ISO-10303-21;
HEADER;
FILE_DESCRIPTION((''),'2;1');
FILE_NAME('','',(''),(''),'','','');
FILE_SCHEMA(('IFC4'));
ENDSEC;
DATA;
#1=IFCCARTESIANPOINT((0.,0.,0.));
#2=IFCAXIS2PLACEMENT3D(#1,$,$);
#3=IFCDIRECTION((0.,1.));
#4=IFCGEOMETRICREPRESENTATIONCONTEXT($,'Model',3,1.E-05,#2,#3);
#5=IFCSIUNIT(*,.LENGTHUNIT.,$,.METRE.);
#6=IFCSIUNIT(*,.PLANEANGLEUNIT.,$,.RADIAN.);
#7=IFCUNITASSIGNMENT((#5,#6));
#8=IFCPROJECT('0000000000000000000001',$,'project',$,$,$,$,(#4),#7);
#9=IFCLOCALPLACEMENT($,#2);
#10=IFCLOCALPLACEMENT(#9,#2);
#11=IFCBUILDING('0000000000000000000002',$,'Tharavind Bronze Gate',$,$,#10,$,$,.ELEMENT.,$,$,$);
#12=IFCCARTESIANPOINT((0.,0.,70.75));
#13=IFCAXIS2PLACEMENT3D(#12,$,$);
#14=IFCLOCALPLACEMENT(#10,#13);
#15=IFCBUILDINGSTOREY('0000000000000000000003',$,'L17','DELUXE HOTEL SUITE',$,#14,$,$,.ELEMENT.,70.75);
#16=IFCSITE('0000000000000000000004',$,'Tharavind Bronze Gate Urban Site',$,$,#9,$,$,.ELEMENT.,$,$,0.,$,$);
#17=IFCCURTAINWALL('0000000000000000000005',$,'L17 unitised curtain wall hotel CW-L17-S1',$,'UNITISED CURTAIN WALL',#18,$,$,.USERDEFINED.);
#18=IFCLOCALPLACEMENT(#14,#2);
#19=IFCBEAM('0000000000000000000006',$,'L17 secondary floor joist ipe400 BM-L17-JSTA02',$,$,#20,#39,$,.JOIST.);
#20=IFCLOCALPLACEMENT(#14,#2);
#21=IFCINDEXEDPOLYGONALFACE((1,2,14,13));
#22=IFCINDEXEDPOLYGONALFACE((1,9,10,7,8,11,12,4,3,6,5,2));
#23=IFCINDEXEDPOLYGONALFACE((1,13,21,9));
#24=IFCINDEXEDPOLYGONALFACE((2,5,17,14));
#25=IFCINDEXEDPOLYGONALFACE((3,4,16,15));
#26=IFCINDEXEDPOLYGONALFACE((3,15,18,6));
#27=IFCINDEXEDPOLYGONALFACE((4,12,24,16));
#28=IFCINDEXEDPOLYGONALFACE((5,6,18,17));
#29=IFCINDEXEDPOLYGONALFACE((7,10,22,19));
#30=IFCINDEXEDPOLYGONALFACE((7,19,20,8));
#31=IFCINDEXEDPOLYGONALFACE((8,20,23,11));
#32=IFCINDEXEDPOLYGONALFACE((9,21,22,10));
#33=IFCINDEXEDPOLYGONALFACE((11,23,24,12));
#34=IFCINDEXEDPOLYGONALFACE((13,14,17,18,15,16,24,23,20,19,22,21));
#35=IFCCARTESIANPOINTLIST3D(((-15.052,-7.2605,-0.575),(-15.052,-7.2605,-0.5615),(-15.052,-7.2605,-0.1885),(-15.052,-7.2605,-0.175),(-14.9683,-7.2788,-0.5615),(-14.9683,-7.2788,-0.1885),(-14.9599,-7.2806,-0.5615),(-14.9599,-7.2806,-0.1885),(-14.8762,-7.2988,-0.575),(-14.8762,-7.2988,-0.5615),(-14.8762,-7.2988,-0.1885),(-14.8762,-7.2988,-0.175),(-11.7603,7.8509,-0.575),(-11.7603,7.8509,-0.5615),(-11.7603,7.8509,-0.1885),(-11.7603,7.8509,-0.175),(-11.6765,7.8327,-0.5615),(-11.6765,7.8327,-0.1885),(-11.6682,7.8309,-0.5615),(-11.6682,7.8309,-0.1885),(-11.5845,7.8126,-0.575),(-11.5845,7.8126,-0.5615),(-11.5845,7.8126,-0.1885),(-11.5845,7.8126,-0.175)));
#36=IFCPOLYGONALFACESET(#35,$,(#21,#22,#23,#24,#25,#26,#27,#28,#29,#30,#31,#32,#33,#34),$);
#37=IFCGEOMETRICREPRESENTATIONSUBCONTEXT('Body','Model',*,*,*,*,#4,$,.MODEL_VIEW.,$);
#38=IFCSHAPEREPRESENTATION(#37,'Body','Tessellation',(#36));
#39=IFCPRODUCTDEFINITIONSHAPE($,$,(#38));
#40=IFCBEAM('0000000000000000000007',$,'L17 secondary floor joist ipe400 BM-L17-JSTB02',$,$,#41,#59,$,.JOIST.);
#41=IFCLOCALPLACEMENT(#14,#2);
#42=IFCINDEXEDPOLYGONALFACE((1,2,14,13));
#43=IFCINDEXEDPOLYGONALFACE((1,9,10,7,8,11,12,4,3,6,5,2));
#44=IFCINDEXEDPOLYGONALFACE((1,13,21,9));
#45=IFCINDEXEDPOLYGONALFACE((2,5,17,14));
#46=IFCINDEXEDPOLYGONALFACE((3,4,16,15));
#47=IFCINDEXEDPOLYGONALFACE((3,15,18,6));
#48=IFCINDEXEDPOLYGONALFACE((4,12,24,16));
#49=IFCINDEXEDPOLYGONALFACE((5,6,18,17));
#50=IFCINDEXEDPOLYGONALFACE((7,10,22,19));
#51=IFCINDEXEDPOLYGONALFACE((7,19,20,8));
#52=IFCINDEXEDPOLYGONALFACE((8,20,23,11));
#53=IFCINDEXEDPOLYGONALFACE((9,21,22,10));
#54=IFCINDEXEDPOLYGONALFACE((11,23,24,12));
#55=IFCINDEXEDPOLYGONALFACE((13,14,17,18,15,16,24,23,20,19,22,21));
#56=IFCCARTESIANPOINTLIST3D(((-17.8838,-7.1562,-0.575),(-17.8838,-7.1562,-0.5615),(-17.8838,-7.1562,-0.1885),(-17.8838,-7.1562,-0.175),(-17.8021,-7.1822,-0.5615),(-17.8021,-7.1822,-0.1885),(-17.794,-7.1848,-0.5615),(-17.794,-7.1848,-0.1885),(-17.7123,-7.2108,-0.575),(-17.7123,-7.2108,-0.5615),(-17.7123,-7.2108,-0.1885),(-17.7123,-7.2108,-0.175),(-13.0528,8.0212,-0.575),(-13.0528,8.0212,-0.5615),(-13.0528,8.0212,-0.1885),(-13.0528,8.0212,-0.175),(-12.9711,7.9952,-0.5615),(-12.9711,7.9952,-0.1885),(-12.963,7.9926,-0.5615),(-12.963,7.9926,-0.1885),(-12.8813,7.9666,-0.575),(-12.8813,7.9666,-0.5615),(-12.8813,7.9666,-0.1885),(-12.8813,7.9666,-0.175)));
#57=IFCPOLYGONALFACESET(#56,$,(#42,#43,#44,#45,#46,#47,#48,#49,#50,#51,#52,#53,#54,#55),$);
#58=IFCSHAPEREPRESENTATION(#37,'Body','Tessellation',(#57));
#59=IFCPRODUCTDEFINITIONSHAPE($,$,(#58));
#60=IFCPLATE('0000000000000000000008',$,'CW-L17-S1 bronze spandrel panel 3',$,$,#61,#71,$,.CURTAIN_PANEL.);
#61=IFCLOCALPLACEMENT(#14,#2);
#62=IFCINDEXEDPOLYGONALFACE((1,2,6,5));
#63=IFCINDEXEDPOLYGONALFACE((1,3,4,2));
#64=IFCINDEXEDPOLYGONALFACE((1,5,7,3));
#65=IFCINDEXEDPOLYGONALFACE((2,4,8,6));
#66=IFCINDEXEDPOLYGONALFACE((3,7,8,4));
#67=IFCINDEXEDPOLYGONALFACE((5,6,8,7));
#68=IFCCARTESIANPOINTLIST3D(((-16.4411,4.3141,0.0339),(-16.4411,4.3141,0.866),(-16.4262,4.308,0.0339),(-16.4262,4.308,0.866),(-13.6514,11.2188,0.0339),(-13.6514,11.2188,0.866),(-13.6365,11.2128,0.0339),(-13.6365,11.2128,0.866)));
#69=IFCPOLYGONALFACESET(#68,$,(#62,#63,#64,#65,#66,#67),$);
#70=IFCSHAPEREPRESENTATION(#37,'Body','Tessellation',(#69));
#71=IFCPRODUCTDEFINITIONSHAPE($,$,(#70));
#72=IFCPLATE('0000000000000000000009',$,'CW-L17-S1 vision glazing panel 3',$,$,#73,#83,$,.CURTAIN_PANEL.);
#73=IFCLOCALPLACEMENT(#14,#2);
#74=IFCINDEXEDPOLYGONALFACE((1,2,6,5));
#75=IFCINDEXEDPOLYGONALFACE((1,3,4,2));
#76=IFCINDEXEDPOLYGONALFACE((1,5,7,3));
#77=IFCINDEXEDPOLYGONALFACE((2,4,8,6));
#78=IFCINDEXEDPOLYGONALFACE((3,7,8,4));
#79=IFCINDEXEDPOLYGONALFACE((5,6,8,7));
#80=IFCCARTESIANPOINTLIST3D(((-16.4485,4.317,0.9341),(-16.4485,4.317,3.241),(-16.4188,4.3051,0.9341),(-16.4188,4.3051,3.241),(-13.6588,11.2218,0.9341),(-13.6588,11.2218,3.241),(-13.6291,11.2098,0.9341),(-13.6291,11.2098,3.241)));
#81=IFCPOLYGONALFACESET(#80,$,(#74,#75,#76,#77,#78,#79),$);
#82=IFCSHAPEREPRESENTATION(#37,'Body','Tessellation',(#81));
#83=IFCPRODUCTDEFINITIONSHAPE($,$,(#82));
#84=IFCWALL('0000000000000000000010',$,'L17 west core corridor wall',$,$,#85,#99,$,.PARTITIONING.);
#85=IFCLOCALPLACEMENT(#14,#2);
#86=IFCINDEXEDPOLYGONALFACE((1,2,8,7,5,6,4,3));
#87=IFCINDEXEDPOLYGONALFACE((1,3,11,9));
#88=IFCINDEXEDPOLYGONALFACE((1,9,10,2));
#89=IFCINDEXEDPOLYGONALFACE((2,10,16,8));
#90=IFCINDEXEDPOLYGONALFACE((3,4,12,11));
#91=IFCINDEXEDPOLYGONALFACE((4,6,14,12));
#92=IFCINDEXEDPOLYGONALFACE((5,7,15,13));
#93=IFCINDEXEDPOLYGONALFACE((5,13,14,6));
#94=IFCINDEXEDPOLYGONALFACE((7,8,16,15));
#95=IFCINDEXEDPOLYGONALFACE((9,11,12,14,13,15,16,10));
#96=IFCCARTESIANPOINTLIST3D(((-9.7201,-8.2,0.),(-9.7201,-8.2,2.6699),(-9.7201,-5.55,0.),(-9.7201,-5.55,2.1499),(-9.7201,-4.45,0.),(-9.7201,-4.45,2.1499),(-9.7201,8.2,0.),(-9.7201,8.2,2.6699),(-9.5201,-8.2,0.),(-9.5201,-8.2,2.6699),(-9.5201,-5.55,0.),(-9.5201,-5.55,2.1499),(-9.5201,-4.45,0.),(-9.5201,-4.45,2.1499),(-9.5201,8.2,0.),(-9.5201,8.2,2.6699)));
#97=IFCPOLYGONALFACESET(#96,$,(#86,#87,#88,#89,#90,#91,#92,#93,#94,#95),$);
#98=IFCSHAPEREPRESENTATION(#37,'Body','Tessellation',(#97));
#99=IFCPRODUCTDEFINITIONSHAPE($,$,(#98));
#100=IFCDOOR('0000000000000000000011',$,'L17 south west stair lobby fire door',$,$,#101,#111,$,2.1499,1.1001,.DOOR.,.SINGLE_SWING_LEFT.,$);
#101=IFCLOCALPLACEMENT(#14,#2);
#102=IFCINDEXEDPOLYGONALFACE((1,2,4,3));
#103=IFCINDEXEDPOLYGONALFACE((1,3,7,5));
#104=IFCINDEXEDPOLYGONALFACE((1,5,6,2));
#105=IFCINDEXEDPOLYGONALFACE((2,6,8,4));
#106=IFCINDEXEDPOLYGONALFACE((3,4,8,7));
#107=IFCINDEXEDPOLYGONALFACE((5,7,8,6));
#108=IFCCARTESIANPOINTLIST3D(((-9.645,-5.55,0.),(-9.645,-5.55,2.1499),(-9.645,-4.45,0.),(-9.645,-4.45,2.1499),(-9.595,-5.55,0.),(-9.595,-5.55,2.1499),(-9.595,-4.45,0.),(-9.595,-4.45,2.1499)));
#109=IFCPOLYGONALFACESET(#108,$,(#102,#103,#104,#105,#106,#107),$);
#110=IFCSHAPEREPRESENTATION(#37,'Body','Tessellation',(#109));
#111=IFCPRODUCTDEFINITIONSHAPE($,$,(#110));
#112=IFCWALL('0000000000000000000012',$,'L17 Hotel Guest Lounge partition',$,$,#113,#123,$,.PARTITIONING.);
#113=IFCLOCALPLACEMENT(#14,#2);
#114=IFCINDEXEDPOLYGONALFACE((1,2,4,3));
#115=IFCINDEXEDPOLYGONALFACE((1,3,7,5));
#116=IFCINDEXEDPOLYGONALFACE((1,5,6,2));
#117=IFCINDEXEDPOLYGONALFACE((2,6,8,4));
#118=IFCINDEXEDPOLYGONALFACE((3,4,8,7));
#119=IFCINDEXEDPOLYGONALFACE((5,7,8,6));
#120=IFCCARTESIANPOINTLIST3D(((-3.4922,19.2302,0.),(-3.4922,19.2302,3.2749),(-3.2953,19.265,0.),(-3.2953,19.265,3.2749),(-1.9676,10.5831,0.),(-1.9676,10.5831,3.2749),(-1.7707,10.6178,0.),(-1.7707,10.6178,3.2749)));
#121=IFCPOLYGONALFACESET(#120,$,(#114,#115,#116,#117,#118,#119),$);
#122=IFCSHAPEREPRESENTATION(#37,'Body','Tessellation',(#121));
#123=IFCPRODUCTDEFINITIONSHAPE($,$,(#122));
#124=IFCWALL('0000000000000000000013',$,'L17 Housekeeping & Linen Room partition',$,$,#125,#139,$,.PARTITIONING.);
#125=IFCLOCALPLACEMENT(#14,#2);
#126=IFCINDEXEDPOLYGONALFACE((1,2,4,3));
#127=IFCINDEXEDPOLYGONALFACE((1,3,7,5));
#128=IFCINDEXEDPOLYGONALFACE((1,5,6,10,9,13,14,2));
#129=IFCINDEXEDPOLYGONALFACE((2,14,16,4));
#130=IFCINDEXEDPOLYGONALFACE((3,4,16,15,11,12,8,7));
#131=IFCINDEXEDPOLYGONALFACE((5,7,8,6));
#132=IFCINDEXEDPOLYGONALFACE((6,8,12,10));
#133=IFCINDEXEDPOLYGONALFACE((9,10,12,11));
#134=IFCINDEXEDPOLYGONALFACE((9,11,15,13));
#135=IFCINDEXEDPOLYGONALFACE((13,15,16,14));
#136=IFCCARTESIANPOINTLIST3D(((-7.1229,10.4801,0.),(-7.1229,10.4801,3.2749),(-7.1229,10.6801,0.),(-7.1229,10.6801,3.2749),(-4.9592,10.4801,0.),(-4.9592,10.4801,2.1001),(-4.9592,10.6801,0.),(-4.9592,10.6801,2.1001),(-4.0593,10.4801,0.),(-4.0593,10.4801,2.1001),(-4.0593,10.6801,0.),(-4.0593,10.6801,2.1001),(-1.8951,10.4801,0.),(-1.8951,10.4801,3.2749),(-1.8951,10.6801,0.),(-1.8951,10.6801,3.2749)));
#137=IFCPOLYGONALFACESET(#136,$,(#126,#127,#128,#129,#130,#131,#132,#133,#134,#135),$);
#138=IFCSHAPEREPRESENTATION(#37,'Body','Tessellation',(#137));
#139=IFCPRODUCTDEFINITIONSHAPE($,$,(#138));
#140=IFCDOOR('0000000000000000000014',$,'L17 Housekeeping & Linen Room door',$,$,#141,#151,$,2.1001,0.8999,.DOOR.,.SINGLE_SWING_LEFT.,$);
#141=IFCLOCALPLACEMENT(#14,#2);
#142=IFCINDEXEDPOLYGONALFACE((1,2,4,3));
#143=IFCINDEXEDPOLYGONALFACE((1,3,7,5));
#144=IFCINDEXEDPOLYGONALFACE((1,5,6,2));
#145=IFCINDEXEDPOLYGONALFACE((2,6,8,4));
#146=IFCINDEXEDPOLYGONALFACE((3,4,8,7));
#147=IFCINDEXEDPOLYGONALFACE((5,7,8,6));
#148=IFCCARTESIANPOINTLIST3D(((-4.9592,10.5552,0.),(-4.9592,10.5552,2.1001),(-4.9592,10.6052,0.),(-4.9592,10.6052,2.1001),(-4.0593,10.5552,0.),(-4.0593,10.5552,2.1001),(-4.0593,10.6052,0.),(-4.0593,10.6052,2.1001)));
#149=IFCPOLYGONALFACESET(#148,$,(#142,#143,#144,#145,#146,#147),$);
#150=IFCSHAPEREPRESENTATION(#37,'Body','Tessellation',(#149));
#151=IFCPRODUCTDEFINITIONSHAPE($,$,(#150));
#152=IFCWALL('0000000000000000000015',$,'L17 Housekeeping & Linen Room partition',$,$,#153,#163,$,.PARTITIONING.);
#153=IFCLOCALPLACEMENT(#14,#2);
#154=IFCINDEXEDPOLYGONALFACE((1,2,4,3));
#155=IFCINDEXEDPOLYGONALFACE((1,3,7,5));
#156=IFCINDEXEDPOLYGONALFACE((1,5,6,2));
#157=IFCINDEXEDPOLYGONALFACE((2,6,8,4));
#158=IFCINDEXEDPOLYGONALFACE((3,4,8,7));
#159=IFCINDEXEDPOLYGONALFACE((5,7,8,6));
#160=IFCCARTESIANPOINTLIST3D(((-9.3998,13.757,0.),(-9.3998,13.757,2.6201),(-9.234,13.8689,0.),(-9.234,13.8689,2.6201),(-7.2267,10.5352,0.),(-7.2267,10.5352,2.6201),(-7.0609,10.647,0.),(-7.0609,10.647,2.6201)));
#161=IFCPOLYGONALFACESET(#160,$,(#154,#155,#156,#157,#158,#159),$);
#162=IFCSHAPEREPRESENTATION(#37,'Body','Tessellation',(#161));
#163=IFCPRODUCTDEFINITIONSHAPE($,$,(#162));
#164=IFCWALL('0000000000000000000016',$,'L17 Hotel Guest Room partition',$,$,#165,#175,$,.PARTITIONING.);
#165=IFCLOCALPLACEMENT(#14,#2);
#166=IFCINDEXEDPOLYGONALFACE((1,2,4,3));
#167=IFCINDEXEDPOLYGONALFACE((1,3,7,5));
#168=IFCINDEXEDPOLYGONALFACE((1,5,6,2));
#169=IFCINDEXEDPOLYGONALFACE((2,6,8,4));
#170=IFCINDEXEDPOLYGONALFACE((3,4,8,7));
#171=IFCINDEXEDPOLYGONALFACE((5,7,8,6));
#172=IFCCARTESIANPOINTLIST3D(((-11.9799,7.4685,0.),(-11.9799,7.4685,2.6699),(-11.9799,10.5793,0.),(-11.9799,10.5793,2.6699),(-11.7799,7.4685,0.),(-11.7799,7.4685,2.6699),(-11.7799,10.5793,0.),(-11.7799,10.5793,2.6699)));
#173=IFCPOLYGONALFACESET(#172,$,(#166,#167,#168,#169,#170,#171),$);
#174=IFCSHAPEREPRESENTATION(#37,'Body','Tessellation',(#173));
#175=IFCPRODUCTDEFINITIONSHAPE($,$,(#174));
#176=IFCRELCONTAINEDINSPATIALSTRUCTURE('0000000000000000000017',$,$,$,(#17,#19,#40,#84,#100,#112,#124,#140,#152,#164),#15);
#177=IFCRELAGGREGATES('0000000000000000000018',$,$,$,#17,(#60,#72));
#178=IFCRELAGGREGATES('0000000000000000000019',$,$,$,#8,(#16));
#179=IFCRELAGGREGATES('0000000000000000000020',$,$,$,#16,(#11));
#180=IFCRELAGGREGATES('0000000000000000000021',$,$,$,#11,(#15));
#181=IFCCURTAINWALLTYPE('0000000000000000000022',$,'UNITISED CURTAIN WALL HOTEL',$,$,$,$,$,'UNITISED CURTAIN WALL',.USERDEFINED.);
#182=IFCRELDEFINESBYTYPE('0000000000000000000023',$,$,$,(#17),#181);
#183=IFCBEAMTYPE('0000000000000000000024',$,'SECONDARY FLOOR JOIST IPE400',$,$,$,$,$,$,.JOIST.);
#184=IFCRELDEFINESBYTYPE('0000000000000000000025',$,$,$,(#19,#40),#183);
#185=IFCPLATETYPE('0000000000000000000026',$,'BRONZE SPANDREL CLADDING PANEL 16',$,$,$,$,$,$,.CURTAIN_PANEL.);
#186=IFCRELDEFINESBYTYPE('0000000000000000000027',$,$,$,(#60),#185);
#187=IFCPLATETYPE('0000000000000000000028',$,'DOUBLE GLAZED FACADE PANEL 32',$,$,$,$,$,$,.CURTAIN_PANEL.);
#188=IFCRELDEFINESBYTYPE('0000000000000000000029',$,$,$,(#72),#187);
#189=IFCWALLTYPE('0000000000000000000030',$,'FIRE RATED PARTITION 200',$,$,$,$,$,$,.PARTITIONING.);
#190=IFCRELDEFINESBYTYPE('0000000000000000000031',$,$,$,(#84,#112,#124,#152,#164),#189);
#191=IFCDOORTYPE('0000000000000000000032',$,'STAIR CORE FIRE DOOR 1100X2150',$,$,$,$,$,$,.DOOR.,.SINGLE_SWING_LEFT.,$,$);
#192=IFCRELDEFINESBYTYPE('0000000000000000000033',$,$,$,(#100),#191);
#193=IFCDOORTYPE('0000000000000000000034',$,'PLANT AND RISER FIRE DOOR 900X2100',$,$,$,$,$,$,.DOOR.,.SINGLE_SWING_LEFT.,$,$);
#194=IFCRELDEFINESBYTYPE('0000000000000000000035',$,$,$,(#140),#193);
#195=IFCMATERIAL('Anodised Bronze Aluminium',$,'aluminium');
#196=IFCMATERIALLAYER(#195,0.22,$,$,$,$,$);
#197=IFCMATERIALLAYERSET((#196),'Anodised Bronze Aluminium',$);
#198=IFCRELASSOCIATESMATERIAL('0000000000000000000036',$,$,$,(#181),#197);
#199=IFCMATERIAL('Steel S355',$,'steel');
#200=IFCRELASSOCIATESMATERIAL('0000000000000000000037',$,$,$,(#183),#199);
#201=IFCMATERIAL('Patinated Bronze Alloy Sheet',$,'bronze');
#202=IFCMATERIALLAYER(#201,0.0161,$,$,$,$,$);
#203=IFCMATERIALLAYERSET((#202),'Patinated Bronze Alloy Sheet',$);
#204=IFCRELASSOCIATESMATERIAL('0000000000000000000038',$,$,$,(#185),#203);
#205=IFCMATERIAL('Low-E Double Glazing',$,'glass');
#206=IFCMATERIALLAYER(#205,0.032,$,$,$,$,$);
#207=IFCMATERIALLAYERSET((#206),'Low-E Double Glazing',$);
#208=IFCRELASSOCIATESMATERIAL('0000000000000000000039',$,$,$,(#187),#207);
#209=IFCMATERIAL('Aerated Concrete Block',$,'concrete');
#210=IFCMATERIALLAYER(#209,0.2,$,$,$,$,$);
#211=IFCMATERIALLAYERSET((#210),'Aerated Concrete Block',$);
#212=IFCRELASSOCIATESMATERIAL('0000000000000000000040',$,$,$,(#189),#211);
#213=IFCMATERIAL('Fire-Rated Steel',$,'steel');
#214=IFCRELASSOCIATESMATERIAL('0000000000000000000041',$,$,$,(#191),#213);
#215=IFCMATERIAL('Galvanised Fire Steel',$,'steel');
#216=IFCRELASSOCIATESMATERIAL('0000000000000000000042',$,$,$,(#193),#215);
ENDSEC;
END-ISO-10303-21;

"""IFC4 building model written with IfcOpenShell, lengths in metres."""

from ifc_helpers import new_model, si_unit, direction, frame, frame_2d, origin, origin_2d, place, context, subcontext, project, spatial, rectangle, i_section, extrude, material, layer, layer_set, material_profile, profile_set, type_object, element, fill, aggregate, save


model = new_model("IFC4")

# Units and contexts
model_context = context("Model", 3, precision=1e-05, world=origin(), true_north=direction((0.0, 1.0)))
body_context = subcontext(model_context, "Body", "Model", "MODEL_VIEW")
ifc_project = project(units=[si_unit("LENGTHUNIT", "METRE"), si_unit("PLANEANGLEUNIT", "RADIAN")], contexts=[model_context])

# Site, building, storey
site_placement = place(None, origin())
site = spatial("IfcSite", under=ifc_project, at=site_placement, Name="Tharavind Bronze Gate Urban Site", CompositionType="ELEMENT", RefElevation=0.0)
building_placement = place(site_placement, origin())
building = spatial("IfcBuilding", under=site, at=building_placement, Name="Tharavind Bronze Gate", CompositionType="ELEMENT")
storey_placement = place(building_placement, frame((0.0, 0.0, 70.75)))
storey = spatial("IfcBuildingStorey", under=building, at=storey_placement, Name="L17", Description="DELUXE HOTEL SUITE", CompositionType="ELEMENT", Elevation=70.75)

# Curtain wall
ifc_material_1 = material(Name="Anodised Bronze Aluminium", Category="aluminium")
ifc_layer_1 = layer(ifc_material_1, 0.22)
ifc_layer_set_1 = layer_set([ifc_layer_1], Name="Anodised Bronze Aluminium")
curtain_wall_type = type_object("IfcCurtainWallType", Name="UNITISED CURTAIN WALL HOTEL", ElementType="UNITISED CURTAIN WALL", PredefinedType="USERDEFINED", material=ifc_layer_set_1)
curtain_wall_placement = place(storey_placement, origin())
curtain_wall = element("IfcCurtainWall", 1, at=curtain_wall_placement, inside=storey, type_object=curtain_wall_type, Name="L17 unitised curtain wall hotel CW-L17-S1", ObjectType="UNITISED CURTAIN WALL", PredefinedType="USERDEFINED")

# Beams
ifc_material_2 = material(Name="Steel S355", Category="steel")
ifc_material_profile_1 = material_profile(ifc_material_2, i_section(OverallWidth=0.1799, OverallDepth=0.3999, WebThickness=0.0085, FlangeThickness=0.0134, at=origin_2d()), Name="IPE400")
ifc_profile_set_1 = profile_set([ifc_material_profile_1], Name="Steel S355")
beam_type_1 = type_object("IfcBeamType", Name="SECONDARY FLOOR JOIST IPE400", PredefinedType="JOIST", material=ifc_profile_set_1)
beam_1_placement = place(storey_placement, frame((-11.6724, 7.8318, -0.375), z_axis=(-0.212839, -0.977087, 0.0), x_axis=(0.977087, -0.212839, 0.0)))
element("IfcBeam", 2, at=beam_1_placement, inside=storey, type_object=beam_type_1, Name="L17 secondary floor joist ipe400 BM-L17-JSTA02", PredefinedType="JOIST", context=body_context, shape_type="SweptSolid", body=[
    extrude(i_section(OverallWidth=0.1799, OverallDepth=0.3999, WebThickness=0.0085, FlangeThickness=0.0134, at=origin_2d()), origin(), (0.0, 0.0, 1.0), 15.4658),
])
beam_2_placement = place(storey_placement, frame((-12.967, 7.9939, -0.375), z_axis=(-0.303309, -0.952892, 0.0), x_axis=(0.952892, -0.303309, 0.0)))
element("IfcBeam", 3, at=beam_2_placement, inside=storey, type_object=beam_type_1, Name="L17 secondary floor joist ipe400 BM-L17-JSTB02", PredefinedType="JOIST", context=body_context, shape_type="SweptSolid", body=[
    extrude(i_section(OverallWidth=0.1799, OverallDepth=0.3999, WebThickness=0.0085, FlangeThickness=0.0134, at=origin_2d()), origin(), (0.0, 0.0, 1.0), 15.9277),
])

# Plates
ifc_material_3 = material(Name="Patinated Bronze Alloy Sheet", Category="bronze")
ifc_layer_2 = layer(ifc_material_3, 0.0161)
ifc_layer_set_2 = layer_set([ifc_layer_2], Name="Patinated Bronze Alloy Sheet")
plate_type_1 = type_object("IfcPlateType", Name="BRONZE SPANDREL CLADDING PANEL 16", PredefinedType="CURTAIN_PANEL", material=ifc_layer_set_2)
plate_1_placement = place(storey_placement, frame((-15.0388, 7.7634, 0.0339), z_axis=(0.0, 0.0, 1.0), x_axis=(-0.374607, -0.927184, 0.0)))
plate_1 = element("IfcPlate", 4, at=plate_1_placement, type_object=plate_type_1, Name="CW-L17-S1 bronze spandrel panel 3", PredefinedType="CURTAIN_PANEL", context=body_context, shape_type="SweptSolid", body=[
    extrude(rectangle(XDim=7.447, YDim=0.0161, at=origin_2d()), origin(), (0.0, 0.0, 1.0), 0.832),
])
ifc_material_4 = material(Name="Low-E Double Glazing", Category="glass")
ifc_layer_3 = layer(ifc_material_4, 0.032)
ifc_layer_set_3 = layer_set([ifc_layer_3], Name="Low-E Double Glazing")
plate_type_2 = type_object("IfcPlateType", Name="DOUBLE GLAZED FACADE PANEL 32", PredefinedType="CURTAIN_PANEL", material=ifc_layer_set_3)
plate_2_placement = place(storey_placement, frame((-15.0388, 7.7634, 0.9341), z_axis=(0.0, 0.0, 1.0), x_axis=(-0.374607, -0.927184, 0.0)))
plate_2 = element("IfcPlate", 5, at=plate_2_placement, type_object=plate_type_2, Name="CW-L17-S1 vision glazing panel 3", PredefinedType="CURTAIN_PANEL", context=body_context, shape_type="SweptSolid", body=[
    extrude(rectangle(XDim=7.447, YDim=0.032, at=origin_2d()), origin(), (0.0, 0.0, 1.0), 2.3069),
])
aggregate(curtain_wall, [plate_1, plate_2])

# Wall, opening, door
ifc_material_5 = material(Name="Aerated Concrete Block", Category="concrete")
ifc_layer_4 = layer(ifc_material_5, 0.2)
ifc_layer_set_4 = layer_set([ifc_layer_4], Name="Aerated Concrete Block")
wall_type_1 = type_object("IfcWallType", Name="FIRE RATED PARTITION 200", PredefinedType="PARTITIONING", material=ifc_layer_set_4)
wall_1_placement = place(storey_placement, frame((-9.6201, 8.2, 0.0), z_axis=(0.0, 0.0, 1.0), x_axis=(0.0, -1.0, 0.0)))
wall_1 = element("IfcWall", 6, at=wall_1_placement, inside=storey, type_object=wall_type_1, Name="L17 west core corridor wall", PredefinedType="PARTITIONING", context=body_context, shape_type="SweptSolid", body=[
    extrude(rectangle(XDim=16.3999, YDim=0.2, at=frame_2d((8.2, 0.0))), origin(), (0.0, 0.0, 1.0), 2.6699),
])
opening_1_placement = place(wall_1_placement, frame((12.6499, 0.0, 0.0)))
opening_1 = element("IfcOpeningElement", 7, at=opening_1_placement, cuts=wall_1, PredefinedType="OPENING", context=body_context, shape_type="SweptSolid", body=[
    extrude(rectangle(XDim=1.1001, YDim=2.1499, at=frame_2d((0.55, 1.075))), frame((0.0, 0.1101, 0.0), z_axis=(0.0, -1.0, 0.0), x_axis=(1.0, 0.0, 0.0)), (0.0, 0.0, 1.0), 0.22),
])
ifc_material_6 = material(Name="Fire-Rated Steel", Category="steel")
door_type_1 = type_object("IfcDoorType", Name="STAIR CORE FIRE DOOR 1100X2150", OperationType="SINGLE_SWING_LEFT", PredefinedType="DOOR", material=ifc_material_6)
door_1_placement = place(opening_1_placement, frame((1.1001, 0.0, 0.0), z_axis=(0.0, 0.0, 1.0), x_axis=(-1.0, 0.0, 0.0)))
door_1 = element("IfcDoor", 8, at=door_1_placement, inside=storey, type_object=door_type_1, Name="L17 south west stair lobby fire door", OperationType="SINGLE_SWING_LEFT", OverallHeight=2.1499, OverallWidth=1.1001, PredefinedType="DOOR", context=body_context, shape_type="SweptSolid", body=[
    extrude(rectangle(XDim=1.1001, YDim=2.1499, at=frame_2d((0.55, 1.075))), frame((0.0, 0.0249, 0.0), z_axis=(0.0, -1.0, 0.0), x_axis=(1.0, 0.0, 0.0)), (0.0, 0.0, 1.0), 0.05),
])
fill(opening_1, door_1)

# Wall
wall_2_placement = place(storey_placement, frame((-1.8691, 10.6006, 0.0), z_axis=(0.0, 0.0, 1.0), x_axis=(-0.173639, 0.984809, 0.0)))
element("IfcWall", 9, at=wall_2_placement, inside=storey, type_object=wall_type_1, Name="L17 Hotel Guest Lounge partition", PredefinedType="PARTITIONING", context=body_context, shape_type="SweptSolid", body=[
    extrude(rectangle(XDim=8.7805, YDim=0.2, at=frame_2d((4.3901, 0.0))), origin(), (0.0, 0.0, 1.0), 3.2749),
])

# Wall, opening, door
wall_3_placement = place(storey_placement, frame((-1.8953, 10.5801, 0.0), z_axis=(0.0, 0.0, 1.0), x_axis=(-1.0, 0.0, 0.0)))
wall_3 = element("IfcWall", 10, at=wall_3_placement, inside=storey, type_object=wall_type_1, Name="L17 Housekeeping & Linen Room partition", PredefinedType="PARTITIONING", context=body_context, shape_type="SweptSolid", body=[
    extrude(rectangle(XDim=5.2278, YDim=0.2, at=frame_2d((2.6138, 0.0))), origin(), (0.0, 0.0, 1.0), 3.2749),
])
opening_2_placement = place(wall_3_placement, frame((2.1641, 0.0, 0.0)))
opening_2 = element("IfcOpeningElement", 11, at=opening_2_placement, cuts=wall_3, PredefinedType="OPENING", context=body_context, shape_type="SweptSolid", body=[
    extrude(rectangle(XDim=0.8999, YDim=2.1001, at=frame_2d((0.45, 1.05))), frame((0.0, 0.1101, 0.0), z_axis=(0.0, -1.0, 0.0), x_axis=(1.0, 0.0, 0.0)), (0.0, 0.0, 1.0), 0.22),
])
ifc_material_7 = material(Name="Galvanised Fire Steel", Category="steel")
door_type_2 = type_object("IfcDoorType", Name="PLANT AND RISER FIRE DOOR 900X2100", OperationType="SINGLE_SWING_LEFT", PredefinedType="DOOR", material=ifc_material_7)
door_2_placement = place(opening_2_placement, origin())
door_2 = element("IfcDoor", 12, at=door_2_placement, inside=storey, type_object=door_type_2, Name="L17 Housekeeping & Linen Room door", OperationType="SINGLE_SWING_LEFT", OverallHeight=2.1001, OverallWidth=0.8999, PredefinedType="DOOR", context=body_context, shape_type="SweptSolid", body=[
    extrude(rectangle(XDim=0.8999, YDim=2.1001, at=frame_2d((0.45, 1.05))), frame((0.0, 0.0249, 0.0), z_axis=(0.0, -1.0, 0.0), x_axis=(1.0, 0.0, 0.0)), (0.0, 0.0, 1.0), 0.05),
])
fill(opening_2, door_2)

# Walls
wall_4_placement = place(storey_placement, frame((-7.1438, 10.5911, 0.0), z_axis=(0.0, 0.0, 1.0), x_axis=(-0.559172, 0.829052, 0.0)))
element("IfcWall", 13, at=wall_4_placement, inside=storey, type_object=wall_type_1, Name="L17 Housekeeping & Linen Room partition", PredefinedType="PARTITIONING", context=body_context, shape_type="SweptSolid", body=[
    extrude(rectangle(XDim=3.8862, YDim=0.2, at=frame_2d((1.9431, 0.0))), origin(), (0.0, 0.0, 1.0), 2.6201),
])
wall_5_placement = place(storey_placement, frame((-11.8799, 10.5793, 0.0), z_axis=(0.0, 0.0, 1.0), x_axis=(0.0, -1.0, 0.0)))
element("IfcWall", 14, at=wall_5_placement, inside=storey, type_object=wall_type_1, Name="L17 Hotel Guest Room partition", PredefinedType="PARTITIONING", context=body_context, shape_type="SweptSolid", body=[
    extrude(rectangle(XDim=3.1108, YDim=0.2, at=frame_2d((1.5554, 0.0))), origin(), (0.0, 0.0, 1.0), 2.6699),
])

save(model, "model.ifc")
